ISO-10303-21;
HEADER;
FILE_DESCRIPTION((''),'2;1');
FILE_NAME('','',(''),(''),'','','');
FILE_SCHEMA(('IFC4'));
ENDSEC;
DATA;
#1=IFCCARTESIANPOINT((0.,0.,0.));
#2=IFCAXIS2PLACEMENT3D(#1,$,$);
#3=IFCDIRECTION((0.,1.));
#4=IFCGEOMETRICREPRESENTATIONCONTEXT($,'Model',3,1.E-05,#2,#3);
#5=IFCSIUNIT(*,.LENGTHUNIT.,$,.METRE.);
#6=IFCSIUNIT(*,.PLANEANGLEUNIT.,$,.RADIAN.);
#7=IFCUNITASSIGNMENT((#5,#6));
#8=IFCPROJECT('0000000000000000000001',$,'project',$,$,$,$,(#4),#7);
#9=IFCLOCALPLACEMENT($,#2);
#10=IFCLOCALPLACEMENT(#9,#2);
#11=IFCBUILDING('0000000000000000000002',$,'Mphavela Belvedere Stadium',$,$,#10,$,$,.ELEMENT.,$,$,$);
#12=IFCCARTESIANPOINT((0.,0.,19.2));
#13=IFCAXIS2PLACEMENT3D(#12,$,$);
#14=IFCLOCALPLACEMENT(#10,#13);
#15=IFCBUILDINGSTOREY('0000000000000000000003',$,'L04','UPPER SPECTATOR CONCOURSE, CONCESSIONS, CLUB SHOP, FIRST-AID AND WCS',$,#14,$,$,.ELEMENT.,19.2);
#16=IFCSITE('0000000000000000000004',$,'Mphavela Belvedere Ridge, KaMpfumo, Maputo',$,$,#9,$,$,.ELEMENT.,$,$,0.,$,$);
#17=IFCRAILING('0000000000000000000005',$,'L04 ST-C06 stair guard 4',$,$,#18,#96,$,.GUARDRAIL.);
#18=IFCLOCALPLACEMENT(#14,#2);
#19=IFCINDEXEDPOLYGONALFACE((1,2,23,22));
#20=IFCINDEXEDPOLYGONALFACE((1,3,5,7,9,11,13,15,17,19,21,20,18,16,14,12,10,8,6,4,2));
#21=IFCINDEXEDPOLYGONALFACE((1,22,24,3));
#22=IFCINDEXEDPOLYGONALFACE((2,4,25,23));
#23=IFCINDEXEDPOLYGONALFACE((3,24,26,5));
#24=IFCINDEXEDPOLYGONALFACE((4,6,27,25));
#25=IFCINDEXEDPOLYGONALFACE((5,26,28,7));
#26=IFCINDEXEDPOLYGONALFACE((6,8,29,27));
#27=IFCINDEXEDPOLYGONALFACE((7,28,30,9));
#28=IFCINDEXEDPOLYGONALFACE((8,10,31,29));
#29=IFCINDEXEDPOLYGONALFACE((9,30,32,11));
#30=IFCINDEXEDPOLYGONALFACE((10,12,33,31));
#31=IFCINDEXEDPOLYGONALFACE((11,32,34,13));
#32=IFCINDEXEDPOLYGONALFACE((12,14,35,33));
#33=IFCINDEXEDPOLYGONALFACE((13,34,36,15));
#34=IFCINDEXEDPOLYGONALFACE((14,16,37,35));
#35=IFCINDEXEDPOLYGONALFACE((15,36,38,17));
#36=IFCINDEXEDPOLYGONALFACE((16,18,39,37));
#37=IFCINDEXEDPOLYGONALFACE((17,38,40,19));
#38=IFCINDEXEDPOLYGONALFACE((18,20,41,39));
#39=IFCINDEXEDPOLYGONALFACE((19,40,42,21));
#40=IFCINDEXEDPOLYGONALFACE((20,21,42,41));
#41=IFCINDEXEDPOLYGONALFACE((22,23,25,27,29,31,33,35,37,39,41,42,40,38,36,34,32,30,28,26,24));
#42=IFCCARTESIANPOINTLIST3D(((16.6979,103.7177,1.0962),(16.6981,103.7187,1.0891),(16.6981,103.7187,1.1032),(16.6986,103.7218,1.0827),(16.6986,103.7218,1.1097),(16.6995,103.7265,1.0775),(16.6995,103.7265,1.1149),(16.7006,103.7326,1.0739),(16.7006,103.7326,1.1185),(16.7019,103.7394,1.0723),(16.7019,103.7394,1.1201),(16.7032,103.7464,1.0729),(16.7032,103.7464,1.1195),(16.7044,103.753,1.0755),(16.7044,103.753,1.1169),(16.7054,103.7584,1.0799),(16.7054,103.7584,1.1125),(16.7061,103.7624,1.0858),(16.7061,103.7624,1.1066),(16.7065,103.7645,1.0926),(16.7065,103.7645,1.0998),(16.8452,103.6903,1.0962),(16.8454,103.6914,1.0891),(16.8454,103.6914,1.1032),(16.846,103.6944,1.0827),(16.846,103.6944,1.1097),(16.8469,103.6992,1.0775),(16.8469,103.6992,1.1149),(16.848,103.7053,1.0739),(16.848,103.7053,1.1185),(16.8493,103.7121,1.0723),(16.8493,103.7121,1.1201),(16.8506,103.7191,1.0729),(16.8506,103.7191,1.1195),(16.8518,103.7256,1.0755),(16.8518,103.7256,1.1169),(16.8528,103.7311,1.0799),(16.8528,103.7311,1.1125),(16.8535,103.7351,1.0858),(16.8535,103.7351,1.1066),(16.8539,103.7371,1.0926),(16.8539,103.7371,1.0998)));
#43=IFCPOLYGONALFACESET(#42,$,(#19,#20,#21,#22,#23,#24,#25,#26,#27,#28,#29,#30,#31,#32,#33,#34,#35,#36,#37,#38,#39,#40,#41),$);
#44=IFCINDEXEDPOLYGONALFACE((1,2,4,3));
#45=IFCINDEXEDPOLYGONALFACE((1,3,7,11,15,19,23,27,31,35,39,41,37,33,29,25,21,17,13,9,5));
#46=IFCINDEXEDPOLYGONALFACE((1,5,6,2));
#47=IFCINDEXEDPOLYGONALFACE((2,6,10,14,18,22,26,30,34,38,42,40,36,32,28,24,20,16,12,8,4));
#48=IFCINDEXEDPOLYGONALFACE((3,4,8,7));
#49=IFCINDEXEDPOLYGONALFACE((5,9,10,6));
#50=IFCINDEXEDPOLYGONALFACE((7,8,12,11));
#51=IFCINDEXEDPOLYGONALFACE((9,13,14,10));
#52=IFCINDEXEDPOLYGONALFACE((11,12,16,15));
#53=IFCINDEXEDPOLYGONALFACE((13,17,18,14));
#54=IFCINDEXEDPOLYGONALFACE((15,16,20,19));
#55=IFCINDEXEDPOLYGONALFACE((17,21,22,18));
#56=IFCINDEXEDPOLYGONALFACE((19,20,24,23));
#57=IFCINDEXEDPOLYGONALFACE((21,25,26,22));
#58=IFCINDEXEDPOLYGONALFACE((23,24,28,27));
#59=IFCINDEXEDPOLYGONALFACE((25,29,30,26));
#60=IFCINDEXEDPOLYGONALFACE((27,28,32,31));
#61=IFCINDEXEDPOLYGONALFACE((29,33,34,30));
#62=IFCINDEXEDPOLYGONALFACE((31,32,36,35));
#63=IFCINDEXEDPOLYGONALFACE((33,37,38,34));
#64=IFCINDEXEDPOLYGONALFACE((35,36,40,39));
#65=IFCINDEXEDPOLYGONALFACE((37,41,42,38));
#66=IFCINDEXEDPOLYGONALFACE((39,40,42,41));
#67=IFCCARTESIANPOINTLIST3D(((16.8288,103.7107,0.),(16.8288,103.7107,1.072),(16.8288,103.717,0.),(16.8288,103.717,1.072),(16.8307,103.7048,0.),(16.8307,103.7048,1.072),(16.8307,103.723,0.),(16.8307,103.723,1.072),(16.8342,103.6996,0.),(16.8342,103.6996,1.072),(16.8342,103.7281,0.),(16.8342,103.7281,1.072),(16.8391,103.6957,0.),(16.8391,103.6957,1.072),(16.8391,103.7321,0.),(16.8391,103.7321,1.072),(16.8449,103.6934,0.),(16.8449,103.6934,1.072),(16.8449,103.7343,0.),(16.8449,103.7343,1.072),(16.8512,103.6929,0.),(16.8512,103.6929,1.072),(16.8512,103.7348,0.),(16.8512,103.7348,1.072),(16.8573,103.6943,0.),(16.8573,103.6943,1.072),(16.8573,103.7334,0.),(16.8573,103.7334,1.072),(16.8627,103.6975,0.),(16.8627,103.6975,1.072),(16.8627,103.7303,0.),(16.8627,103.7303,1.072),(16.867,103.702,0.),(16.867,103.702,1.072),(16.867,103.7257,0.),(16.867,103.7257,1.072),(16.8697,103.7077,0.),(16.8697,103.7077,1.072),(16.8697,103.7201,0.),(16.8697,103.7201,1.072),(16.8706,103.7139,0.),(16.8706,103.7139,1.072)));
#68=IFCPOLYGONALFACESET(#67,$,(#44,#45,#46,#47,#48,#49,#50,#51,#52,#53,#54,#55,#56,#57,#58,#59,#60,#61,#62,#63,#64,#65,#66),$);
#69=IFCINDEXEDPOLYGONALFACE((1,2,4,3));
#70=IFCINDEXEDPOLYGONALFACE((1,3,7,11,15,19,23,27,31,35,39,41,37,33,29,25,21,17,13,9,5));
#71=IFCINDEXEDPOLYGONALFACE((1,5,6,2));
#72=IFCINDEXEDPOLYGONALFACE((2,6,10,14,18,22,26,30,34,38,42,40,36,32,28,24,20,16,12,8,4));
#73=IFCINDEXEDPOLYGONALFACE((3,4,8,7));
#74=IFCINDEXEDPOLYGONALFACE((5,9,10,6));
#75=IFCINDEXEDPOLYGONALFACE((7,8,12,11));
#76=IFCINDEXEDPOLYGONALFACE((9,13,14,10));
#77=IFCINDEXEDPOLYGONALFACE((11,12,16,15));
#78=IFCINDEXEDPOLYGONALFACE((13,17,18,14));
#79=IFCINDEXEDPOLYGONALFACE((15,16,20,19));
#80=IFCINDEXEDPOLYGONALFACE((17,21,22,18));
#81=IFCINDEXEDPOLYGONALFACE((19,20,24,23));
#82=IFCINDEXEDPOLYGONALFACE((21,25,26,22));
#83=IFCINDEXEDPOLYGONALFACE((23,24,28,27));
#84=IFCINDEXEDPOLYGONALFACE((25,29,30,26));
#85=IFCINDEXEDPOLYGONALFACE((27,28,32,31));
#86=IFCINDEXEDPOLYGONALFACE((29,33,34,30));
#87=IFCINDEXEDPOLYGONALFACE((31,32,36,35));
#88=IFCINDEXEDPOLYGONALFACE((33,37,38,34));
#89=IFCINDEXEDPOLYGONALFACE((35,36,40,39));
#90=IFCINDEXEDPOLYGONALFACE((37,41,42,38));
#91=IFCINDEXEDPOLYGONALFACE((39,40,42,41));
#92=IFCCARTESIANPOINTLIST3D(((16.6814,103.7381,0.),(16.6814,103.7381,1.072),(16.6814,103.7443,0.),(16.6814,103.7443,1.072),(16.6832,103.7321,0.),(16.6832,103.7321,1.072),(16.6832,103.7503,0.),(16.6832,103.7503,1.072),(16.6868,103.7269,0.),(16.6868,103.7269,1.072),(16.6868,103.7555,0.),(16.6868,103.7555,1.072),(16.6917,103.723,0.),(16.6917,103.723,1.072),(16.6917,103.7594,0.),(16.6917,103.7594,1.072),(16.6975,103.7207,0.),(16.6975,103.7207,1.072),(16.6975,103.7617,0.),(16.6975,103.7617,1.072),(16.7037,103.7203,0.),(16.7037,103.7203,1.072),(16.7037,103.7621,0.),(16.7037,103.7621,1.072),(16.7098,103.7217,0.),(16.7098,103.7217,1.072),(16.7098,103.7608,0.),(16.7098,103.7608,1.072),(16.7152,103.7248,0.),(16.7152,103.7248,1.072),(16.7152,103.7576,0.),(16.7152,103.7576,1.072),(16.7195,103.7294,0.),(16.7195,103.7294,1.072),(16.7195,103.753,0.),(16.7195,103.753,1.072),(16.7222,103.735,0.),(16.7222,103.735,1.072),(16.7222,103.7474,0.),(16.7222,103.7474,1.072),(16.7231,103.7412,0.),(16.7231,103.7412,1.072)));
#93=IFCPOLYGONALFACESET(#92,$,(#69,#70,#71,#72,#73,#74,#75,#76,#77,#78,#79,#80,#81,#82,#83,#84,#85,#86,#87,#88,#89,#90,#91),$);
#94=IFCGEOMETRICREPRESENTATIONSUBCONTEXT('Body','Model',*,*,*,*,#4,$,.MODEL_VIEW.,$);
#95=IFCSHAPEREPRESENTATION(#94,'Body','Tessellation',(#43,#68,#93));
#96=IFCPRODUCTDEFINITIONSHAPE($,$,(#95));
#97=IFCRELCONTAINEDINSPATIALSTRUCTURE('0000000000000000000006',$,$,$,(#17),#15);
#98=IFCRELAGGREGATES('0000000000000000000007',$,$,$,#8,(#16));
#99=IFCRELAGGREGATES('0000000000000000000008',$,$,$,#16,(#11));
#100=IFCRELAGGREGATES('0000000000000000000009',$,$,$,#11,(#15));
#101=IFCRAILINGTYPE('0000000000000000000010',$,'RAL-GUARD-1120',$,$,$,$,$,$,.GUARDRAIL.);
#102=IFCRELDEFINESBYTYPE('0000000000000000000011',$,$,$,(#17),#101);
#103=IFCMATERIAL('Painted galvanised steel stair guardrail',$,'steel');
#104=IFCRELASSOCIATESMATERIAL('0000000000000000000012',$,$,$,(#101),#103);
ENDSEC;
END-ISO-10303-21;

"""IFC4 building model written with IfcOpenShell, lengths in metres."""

from ifc_helpers import new_model, si_unit, direction, frame, origin, origin_2d, place, context, subcontext, project, spatial, circle, extrude, material, type_object, element, save


model = new_model("IFC4")

# Units and contexts
model_context = context("Model", 3, precision=1e-05, world=origin(), true_north=direction((0.0, 1.0)))
body_context = subcontext(model_context, "Body", "Model", "MODEL_VIEW")
ifc_project = project(units=[si_unit("LENGTHUNIT", "METRE"), si_unit("PLANEANGLEUNIT", "RADIAN")], contexts=[model_context])

# Site, building, storey
site_placement = place(None, origin())
site = spatial("IfcSite", under=ifc_project, at=site_placement, Name="Mphavela Belvedere Ridge, KaMpfumo, Maputo", CompositionType="ELEMENT", RefElevation=0.0)
building_placement = place(site_placement, origin())
building = spatial("IfcBuilding", under=site, at=building_placement, Name="Mphavela Belvedere Stadium", CompositionType="ELEMENT")
storey_placement = place(building_placement, frame((0.0, 0.0, 19.2)))
storey = spatial("IfcBuildingStorey", under=building, at=storey_placement, Name="L04", Description="UPPER SPECTATOR CONCOURSE, CONCESSIONS, CLUB SHOP, FIRST-AID AND WCS", CompositionType="ELEMENT", Elevation=19.2)

# Railing
ifc_material_1 = material(Name="Painted galvanised steel stair guardrail", Category="steel")
railing_type_1 = type_object("IfcRailingType", Name="RAL-GUARD-1120", PredefinedType="GUARDRAIL", material=ifc_material_1)
railing_1_placement = place(storey_placement, frame((16.8496, 103.7139, 0.0)))
element("IfcRailing", 1, at=railing_1_placement, inside=storey, type_object=railing_type_1, Name="L04 ST-C06 stair guard 4", PredefinedType="GUARDRAIL", context=body_context, shape_type="SweptSolid", body=[
    extrude(circle(Radius=0.0239, at=origin_2d()), frame((0.0, 0.0, 1.0962), z_axis=(-0.983239, 0.182322, 0.0), x_axis=(-0.182322, -0.983239, 0.0)), (0.0, 0.0, 1.0), 0.1499),
    extrude(circle(Radius=0.021, at=origin_2d()), origin(), (0.0, 0.0, 1.0), 1.072),
    extrude(circle(Radius=0.021, at=origin_2d()), frame((-0.1475, 0.0273, 0.0)), (0.0, 0.0, 1.0), 1.072),
])

save(model, "model.ifc")
